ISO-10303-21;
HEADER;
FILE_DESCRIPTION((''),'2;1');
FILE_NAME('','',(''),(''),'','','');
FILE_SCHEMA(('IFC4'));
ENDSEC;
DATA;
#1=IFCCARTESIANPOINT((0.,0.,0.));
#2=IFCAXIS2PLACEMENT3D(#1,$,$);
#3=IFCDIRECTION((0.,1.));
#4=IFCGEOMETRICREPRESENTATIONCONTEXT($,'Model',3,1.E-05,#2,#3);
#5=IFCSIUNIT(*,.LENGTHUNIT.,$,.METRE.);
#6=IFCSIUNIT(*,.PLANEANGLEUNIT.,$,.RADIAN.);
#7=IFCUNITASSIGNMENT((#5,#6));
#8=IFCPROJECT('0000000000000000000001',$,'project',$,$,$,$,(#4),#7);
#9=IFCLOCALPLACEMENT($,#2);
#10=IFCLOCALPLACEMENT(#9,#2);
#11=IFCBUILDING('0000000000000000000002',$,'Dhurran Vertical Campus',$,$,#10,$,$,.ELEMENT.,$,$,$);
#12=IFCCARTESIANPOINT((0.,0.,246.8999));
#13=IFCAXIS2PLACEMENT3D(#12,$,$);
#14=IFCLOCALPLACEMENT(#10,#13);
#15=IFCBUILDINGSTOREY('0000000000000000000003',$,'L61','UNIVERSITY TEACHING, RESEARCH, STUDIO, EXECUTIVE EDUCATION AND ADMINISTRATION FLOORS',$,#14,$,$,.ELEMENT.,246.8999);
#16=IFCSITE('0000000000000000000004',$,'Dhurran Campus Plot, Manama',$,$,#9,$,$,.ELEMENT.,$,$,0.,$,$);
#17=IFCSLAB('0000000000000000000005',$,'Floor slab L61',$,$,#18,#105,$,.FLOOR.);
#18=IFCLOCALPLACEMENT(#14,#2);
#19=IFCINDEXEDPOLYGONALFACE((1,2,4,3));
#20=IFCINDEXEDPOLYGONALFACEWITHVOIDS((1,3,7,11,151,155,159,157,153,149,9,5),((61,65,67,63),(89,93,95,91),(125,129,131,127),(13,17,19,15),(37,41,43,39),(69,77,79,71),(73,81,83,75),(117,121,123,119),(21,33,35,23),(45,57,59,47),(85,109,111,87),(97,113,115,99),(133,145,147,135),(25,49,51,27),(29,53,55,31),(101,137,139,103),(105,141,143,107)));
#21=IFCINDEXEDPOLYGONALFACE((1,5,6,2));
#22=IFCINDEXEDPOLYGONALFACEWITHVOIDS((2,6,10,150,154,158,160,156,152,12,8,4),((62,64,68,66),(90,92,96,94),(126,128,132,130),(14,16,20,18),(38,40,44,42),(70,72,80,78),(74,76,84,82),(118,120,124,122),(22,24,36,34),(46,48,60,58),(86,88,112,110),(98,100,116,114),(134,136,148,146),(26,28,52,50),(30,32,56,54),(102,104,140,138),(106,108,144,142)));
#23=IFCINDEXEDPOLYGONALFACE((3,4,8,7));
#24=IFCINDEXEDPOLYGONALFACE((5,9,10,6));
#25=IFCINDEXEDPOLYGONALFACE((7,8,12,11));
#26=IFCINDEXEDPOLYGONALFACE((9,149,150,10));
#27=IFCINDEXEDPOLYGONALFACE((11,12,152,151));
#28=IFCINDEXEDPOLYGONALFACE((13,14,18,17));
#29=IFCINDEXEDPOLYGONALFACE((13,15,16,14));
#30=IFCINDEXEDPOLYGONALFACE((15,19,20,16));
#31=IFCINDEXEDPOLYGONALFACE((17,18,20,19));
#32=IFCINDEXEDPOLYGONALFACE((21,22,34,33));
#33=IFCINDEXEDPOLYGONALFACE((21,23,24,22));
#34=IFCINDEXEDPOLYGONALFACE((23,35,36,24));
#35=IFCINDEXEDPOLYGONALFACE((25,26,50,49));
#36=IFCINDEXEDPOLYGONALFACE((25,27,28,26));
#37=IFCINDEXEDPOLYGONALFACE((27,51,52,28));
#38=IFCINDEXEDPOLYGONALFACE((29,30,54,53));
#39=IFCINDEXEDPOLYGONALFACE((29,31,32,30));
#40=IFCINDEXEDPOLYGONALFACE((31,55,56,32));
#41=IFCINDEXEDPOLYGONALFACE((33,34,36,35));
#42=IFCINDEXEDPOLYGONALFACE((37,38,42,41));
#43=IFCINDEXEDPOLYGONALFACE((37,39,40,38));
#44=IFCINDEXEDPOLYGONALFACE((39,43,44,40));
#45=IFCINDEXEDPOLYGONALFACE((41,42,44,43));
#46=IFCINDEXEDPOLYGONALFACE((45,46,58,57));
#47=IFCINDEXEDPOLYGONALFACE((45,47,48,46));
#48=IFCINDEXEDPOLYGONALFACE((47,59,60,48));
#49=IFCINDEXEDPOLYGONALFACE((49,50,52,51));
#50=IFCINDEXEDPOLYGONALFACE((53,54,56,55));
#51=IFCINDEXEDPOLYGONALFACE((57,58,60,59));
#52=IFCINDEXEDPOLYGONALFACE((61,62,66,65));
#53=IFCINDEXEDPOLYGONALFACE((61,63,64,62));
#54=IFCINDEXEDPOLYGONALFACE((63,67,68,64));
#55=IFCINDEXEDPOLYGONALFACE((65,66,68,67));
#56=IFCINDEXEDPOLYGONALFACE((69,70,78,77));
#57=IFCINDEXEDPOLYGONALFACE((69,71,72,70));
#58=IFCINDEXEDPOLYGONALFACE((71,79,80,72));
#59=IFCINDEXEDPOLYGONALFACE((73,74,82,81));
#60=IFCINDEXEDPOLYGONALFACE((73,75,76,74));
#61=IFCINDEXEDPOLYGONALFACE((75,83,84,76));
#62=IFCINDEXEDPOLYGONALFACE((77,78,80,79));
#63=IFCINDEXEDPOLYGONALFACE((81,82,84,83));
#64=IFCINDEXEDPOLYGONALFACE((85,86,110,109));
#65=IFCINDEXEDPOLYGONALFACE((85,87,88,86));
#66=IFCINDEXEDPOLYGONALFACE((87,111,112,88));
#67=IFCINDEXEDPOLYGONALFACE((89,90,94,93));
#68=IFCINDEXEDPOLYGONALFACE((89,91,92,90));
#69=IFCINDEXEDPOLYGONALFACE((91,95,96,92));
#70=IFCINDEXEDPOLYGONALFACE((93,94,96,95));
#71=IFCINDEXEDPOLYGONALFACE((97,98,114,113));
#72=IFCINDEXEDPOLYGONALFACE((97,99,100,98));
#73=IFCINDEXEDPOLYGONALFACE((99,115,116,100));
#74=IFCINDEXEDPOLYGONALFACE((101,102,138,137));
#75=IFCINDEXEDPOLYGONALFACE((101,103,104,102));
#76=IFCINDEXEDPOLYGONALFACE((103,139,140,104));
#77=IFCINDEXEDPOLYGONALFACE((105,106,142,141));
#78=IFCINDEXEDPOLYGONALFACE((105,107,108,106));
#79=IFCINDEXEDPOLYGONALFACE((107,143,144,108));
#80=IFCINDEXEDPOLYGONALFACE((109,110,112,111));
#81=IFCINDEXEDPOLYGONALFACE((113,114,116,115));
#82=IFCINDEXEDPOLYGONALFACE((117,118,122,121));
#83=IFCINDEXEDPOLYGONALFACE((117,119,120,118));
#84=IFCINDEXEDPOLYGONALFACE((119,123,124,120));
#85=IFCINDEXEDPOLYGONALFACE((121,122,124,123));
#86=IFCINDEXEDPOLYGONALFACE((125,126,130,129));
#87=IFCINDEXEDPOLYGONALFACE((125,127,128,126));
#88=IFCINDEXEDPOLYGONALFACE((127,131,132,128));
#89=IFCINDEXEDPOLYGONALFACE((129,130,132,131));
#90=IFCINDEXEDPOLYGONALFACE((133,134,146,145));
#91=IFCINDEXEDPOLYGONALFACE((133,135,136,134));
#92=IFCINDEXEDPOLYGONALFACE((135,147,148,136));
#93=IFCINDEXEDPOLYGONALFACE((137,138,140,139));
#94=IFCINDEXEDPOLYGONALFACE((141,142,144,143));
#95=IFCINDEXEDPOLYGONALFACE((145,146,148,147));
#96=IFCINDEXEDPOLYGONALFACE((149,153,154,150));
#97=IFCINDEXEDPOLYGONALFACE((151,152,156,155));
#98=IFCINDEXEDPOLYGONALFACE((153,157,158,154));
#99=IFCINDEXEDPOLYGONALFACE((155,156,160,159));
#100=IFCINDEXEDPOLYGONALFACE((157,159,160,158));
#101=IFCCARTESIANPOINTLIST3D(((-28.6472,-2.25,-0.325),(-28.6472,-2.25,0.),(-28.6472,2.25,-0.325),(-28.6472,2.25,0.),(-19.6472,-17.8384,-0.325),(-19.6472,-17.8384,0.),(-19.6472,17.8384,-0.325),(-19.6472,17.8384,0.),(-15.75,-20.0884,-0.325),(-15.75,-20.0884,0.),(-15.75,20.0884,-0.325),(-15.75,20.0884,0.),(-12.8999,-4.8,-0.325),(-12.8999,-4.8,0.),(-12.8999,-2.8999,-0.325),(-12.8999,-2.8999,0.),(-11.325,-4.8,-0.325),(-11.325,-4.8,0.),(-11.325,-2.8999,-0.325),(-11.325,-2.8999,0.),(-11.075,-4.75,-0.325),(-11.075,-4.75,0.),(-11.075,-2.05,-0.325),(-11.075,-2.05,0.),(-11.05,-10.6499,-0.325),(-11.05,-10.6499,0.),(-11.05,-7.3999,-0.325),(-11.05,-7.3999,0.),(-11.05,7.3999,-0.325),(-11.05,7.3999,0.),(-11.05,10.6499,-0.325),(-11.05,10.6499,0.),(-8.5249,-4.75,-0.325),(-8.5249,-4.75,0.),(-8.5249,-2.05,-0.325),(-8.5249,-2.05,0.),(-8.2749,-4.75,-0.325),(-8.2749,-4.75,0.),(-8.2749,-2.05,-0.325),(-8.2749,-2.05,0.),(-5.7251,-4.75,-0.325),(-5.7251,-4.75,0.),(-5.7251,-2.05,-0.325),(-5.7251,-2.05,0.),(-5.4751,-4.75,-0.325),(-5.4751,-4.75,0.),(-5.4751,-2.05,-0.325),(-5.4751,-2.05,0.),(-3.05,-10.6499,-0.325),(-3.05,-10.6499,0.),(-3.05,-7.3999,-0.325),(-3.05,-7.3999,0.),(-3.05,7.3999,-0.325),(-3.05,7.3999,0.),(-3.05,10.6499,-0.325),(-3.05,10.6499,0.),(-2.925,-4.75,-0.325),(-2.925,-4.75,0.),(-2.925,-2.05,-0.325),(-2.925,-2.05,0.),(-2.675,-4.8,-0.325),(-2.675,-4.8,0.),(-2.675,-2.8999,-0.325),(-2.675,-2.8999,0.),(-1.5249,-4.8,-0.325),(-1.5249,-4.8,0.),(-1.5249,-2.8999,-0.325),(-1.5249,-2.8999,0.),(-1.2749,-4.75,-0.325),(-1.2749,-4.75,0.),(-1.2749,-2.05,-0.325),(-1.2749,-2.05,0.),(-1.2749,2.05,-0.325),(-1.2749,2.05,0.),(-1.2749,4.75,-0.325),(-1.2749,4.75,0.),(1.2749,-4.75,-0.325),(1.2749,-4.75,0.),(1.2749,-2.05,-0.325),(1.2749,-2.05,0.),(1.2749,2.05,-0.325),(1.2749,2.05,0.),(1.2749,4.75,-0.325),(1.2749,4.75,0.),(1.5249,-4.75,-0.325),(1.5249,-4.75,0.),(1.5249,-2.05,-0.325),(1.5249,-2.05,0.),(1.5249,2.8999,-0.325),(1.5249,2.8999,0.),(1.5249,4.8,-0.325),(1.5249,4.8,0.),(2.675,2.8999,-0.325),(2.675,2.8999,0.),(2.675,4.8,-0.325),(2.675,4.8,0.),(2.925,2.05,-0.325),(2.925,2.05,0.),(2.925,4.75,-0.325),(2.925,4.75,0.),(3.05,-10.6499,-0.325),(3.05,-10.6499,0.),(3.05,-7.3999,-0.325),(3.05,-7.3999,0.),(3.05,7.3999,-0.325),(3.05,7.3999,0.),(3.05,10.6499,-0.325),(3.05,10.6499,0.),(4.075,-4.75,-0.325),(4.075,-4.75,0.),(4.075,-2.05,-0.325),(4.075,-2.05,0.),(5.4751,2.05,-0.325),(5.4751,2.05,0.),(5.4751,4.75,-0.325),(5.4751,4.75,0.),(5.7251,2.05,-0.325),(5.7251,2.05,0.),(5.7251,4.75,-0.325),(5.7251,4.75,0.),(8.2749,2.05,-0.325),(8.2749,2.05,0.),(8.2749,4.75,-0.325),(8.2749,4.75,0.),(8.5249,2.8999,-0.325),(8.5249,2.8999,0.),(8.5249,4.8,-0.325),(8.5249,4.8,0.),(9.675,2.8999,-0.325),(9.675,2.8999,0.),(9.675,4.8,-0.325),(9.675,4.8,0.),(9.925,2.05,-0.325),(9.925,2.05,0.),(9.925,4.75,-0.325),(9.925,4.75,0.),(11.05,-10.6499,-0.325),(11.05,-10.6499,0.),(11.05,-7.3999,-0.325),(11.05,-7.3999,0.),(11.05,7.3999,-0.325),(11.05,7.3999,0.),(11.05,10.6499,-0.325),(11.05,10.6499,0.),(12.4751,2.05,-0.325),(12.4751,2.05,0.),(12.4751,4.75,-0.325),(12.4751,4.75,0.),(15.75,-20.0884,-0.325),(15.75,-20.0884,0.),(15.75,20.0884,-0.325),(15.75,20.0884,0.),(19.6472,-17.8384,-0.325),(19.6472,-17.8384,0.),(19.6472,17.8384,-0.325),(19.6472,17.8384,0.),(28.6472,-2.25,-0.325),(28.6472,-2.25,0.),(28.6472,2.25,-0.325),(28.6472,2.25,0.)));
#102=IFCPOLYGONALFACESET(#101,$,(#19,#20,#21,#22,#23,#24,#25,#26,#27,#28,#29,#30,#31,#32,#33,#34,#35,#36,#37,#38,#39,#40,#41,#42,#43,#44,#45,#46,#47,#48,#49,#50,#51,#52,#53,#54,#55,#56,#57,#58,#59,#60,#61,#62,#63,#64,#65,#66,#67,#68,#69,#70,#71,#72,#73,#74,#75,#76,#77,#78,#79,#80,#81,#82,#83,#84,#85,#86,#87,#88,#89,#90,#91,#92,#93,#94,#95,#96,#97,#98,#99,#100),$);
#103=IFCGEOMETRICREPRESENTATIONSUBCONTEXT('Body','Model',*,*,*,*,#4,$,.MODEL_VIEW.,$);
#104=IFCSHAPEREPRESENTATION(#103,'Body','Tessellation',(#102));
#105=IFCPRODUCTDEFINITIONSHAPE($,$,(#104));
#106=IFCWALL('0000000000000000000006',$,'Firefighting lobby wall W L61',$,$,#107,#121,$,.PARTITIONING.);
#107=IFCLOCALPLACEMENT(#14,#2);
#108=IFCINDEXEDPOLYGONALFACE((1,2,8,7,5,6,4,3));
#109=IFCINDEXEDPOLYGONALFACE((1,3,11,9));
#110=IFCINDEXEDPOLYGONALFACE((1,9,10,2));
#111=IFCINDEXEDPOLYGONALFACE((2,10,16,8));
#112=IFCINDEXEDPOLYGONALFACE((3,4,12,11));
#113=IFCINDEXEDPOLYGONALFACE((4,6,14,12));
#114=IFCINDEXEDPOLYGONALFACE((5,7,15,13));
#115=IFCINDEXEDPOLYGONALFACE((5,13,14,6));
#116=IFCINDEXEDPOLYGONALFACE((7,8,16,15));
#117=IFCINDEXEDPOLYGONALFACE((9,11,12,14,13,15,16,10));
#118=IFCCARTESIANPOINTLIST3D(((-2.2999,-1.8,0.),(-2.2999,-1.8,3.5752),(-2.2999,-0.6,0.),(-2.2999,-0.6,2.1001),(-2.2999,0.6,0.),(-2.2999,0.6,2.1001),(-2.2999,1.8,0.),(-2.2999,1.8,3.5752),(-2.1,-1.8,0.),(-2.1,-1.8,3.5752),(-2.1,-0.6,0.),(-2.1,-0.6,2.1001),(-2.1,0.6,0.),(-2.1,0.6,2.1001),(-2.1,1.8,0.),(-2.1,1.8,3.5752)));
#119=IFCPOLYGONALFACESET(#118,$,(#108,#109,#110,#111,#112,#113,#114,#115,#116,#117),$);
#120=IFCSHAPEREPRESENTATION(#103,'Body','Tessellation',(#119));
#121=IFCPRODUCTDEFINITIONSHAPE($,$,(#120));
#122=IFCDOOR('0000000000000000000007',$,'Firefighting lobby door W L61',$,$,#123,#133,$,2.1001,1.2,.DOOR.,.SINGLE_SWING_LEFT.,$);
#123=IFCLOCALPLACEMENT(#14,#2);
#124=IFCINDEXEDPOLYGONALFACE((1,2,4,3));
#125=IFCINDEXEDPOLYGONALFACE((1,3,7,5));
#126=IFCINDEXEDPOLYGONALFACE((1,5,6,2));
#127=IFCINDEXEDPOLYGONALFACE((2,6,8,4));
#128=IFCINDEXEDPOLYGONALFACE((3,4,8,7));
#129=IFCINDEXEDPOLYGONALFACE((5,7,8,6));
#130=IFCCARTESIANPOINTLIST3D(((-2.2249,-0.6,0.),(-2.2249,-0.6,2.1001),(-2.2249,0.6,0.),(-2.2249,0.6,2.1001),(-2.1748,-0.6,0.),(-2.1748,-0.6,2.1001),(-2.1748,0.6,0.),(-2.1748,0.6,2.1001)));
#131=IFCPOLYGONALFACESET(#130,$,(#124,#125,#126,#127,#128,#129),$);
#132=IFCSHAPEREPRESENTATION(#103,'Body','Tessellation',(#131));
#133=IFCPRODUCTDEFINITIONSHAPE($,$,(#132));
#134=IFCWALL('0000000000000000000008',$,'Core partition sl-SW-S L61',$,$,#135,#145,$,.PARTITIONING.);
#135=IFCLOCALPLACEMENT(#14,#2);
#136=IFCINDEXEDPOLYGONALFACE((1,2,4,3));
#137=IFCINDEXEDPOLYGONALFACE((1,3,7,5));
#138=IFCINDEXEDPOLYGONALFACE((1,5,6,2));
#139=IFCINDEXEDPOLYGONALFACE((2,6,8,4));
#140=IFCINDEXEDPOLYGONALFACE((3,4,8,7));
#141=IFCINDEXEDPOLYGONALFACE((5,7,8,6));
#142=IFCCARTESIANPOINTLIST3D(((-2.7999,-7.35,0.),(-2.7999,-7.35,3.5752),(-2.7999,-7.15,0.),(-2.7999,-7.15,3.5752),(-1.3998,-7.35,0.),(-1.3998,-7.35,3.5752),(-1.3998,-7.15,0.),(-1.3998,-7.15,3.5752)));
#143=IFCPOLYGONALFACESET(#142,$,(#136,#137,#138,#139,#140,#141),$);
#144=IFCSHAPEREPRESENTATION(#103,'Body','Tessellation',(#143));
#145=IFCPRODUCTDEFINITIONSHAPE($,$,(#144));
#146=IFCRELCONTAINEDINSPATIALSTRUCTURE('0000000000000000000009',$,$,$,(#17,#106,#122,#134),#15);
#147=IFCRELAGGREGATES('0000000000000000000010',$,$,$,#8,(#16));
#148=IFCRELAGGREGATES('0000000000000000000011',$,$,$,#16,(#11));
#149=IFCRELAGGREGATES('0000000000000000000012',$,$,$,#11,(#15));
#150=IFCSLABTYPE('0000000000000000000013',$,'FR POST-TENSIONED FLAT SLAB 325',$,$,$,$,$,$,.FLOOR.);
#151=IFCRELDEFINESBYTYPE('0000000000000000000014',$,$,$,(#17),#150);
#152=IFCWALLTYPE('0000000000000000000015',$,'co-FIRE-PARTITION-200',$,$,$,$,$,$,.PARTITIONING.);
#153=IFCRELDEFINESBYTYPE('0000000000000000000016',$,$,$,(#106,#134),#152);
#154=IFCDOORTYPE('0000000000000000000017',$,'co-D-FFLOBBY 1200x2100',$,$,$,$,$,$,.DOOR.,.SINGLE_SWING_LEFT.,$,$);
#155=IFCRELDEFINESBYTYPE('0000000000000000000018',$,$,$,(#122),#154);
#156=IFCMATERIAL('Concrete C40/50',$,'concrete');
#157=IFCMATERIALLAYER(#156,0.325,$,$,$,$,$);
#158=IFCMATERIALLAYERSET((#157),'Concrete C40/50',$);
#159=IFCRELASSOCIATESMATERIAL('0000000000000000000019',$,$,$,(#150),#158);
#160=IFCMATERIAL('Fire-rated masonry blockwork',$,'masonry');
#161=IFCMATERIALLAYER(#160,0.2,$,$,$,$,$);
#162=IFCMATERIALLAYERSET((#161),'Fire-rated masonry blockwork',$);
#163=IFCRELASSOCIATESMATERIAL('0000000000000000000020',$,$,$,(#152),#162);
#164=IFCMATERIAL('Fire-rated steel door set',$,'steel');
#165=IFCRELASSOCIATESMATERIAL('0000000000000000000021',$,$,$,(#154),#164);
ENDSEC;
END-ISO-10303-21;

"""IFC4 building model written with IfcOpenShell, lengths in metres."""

from ifc_helpers import new_model, si_unit, direction, frame, frame_2d, origin, place, context, subcontext, project, spatial, polyline, rectangle, outline, extrude, material, layer, layer_set, type_object, element, fill, save


model = new_model("IFC4")

# Units and contexts
model_context = context("Model", 3, precision=1e-05, world=origin(), true_north=direction((0.0, 1.0)))
body_context = subcontext(model_context, "Body", "Model", "MODEL_VIEW")
ifc_project = project(units=[si_unit("LENGTHUNIT", "METRE"), si_unit("PLANEANGLEUNIT", "RADIAN")], contexts=[model_context])

# Site, building, storey
site_placement = place(None, origin())
site = spatial("IfcSite", under=ifc_project, at=site_placement, Name="Dhurran Campus Plot, Manama", CompositionType="ELEMENT", RefElevation=0.0)
building_placement = place(site_placement, origin())
building = spatial("IfcBuilding", under=site, at=building_placement, Name="Dhurran Vertical Campus", CompositionType="ELEMENT")
storey_placement = place(building_placement, frame((0.0, 0.0, 246.8999)))
storey = spatial("IfcBuildingStorey", under=building, at=storey_placement, Name="L61", Description="UNIVERSITY TEACHING, RESEARCH, STUDIO, EXECUTIVE EDUCATION AND ADMINISTRATION FLOORS", CompositionType="ELEMENT", Elevation=246.8999)

# Slab
ifc_material_1 = material(Name="Concrete C40/50", Category="concrete")
ifc_layer_1 = layer(ifc_material_1, 0.325)
ifc_layer_set_1 = layer_set([ifc_layer_1], Name="Concrete C40/50")
slab_type = type_object("IfcSlabType", Name="FR POST-TENSIONED FLAT SLAB 325", PredefinedType="FLOOR", material=ifc_layer_set_1)
slab_placement = place(storey_placement, frame((0.0, 0.0, -0.325)))
element("IfcSlab", 1, at=slab_placement, inside=storey, type_object=slab_type, Name="Floor slab L61", PredefinedType="FLOOR", context=body_context, shape_type="SweptSolid", body=[
    extrude(outline(polyline([(-15.75, -20.0884), (15.75, -20.0884), (19.6472, -17.8384), (28.6472, -2.25), (28.6472, 2.25), (19.6472, 17.8384), (15.75, 20.0884), (-15.75, 20.0884), (-19.6472, 17.8384), (-28.6472, 2.25), (-28.6472, -2.25), (-19.6472, -17.8384), (-15.75, -20.0884)]), holes=[polyline([(-1.2749, 2.05), (1.2749, 2.05), (1.2749, 4.75), (-1.2749, 4.75), (-1.2749, 2.05)]), polyline([(9.925, 2.05), (12.4751, 2.05), (12.4751, 4.75), (9.925, 4.75), (9.925, 2.05)]), polyline([(-1.2749, -4.75), (1.2749, -4.75), (1.2749, -2.05), (-1.2749, -2.05), (-1.2749, -4.75)]), polyline([(1.5249, -4.75), (4.075, -4.75), (4.075, -2.05), (1.5249, -2.05), (1.5249, -4.75)]), polyline([(2.925, 2.05), (5.4751, 2.05), (5.4751, 4.75), (2.925, 4.75), (2.925, 2.05)]), polyline([(5.7251, 2.05), (8.2749, 2.05), (8.2749, 4.75), (5.7251, 4.75), (5.7251, 2.05)]), polyline([(-11.075, -4.75), (-8.5249, -4.75), (-8.5249, -2.05), (-11.075, -2.05), (-11.075, -4.75)]), polyline([(-8.2749, -4.75), (-5.7251, -4.75), (-5.7251, -2.05), (-8.2749, -2.05), (-8.2749, -4.75)]), polyline([(-5.4751, -4.75), (-2.925, -4.75), (-2.925, -2.05), (-5.4751, -2.05), (-5.4751, -4.75)]), polyline([(-11.05, 7.3999), (-3.05, 7.3999), (-3.05, 10.6499), (-11.05, 10.6499), (-11.05, 7.3999)]), polyline([(3.05, 7.3999), (11.05, 7.3999), (11.05, 10.6499), (3.05, 10.6499), (3.05, 7.3999)]), polyline([(-11.05, -10.6499), (-3.05, -10.6499), (-3.05, -7.3999), (-11.05, -7.3999), (-11.05, -10.6499)]), polyline([(3.05, -10.6499), (11.05, -10.6499), (11.05, -7.3999), (3.05, -7.3999), (3.05, -10.6499)]), polyline([(2.675, 2.8999), (1.5249, 2.8999), (1.5249, 4.8), (2.675, 4.8), (2.675, 2.8999)]), polyline([(-12.8999, -2.8999), (-11.325, -2.8999), (-11.325, -4.8), (-12.8999, -4.8), (-12.8999, -2.8999)]), polyline([(-2.675, -2.8999), (-1.5249, -2.8999), (-1.5249, -4.8), (-2.675, -4.8), (-2.675, -2.8999)]), polyline([(9.675, 2.8999), (8.5249, 2.8999), (8.5249, 4.8), (9.675, 4.8), (9.675, 2.8999)])]), origin(), (0.0, 0.0, 1.0), 0.325),
])

# Wall, opening, door
ifc_material_2 = material(Name="Fire-rated masonry blockwork", Category="masonry")
ifc_layer_2 = layer(ifc_material_2, 0.2)
ifc_layer_set_2 = layer_set([ifc_layer_2], Name="Fire-rated masonry blockwork")
wall_type_1 = type_object("IfcWallType", Name="co-FIRE-PARTITION-200", PredefinedType="PARTITIONING", material=ifc_layer_set_2)
wall_1_placement = place(storey_placement, frame((-2.2, -1.8, 0.0), z_axis=(0.0, 0.0, 1.0), x_axis=(0.0, 1.0, 0.0)))
wall_1 = element("IfcWall", 2, at=wall_1_placement, inside=storey, type_object=wall_type_1, Name="Firefighting lobby wall W L61", PredefinedType="PARTITIONING", context=body_context, shape_type="SweptSolid", body=[
    extrude(rectangle(XDim=3.6001, YDim=0.2, at=frame_2d((1.8, 0.0))), origin(), (0.0, 0.0, 1.0), 3.5752),
])
opening_1_placement = place(wall_1_placement, frame((1.2, 0.0, 0.0)))
opening_1 = element("IfcOpeningElement", 3, at=opening_1_placement, cuts=wall_1, PredefinedType="OPENING", context=body_context, shape_type="SweptSolid", body=[
    extrude(rectangle(XDim=1.2, YDim=2.1001, at=frame_2d((0.6001, 1.05))), frame((0.0, 0.1099, 0.0), z_axis=(0.0, -1.0, 0.0), x_axis=(1.0, 0.0, 0.0)), (0.0, 0.0, 1.0), 0.22),
])
ifc_material_3 = material(Name="Fire-rated steel door set", Category="steel")
door_type_1 = type_object("IfcDoorType", Name="co-D-FFLOBBY 1200x2100", OperationType="SINGLE_SWING_LEFT", PredefinedType="DOOR", material=ifc_material_3)
door_1_placement = place(opening_1_placement, origin())
door_1 = element("IfcDoor", 4, at=door_1_placement, inside=storey, type_object=door_type_1, Name="Firefighting lobby door W L61", OperationType="SINGLE_SWING_LEFT", OverallHeight=2.1001, OverallWidth=1.2, PredefinedType="DOOR", context=body_context, shape_type="SweptSolid", body=[
    extrude(rectangle(XDim=1.2, YDim=2.1001, at=frame_2d((0.6001, 1.05))), frame((0.0, 0.0249, 0.0), z_axis=(0.0, -1.0, 0.0), x_axis=(1.0, 0.0, 0.0)), (0.0, 0.0, 1.0), 0.05),
])
fill(opening_1, door_1)

# Wall
wall_2_placement = place(storey_placement, frame((-2.8, -7.25, 0.0), z_axis=(0.0, 0.0, 1.0), x_axis=(1.0, 0.0, 0.0)))
element("IfcWall", 5, at=wall_2_placement, inside=storey, type_object=wall_type_1, Name="Core partition sl-SW-S L61", PredefinedType="PARTITIONING", context=body_context, shape_type="SweptSolid", body=[
    extrude(rectangle(XDim=1.4001, YDim=0.2, at=frame_2d((0.7002, 0.0))), origin(), (0.0, 0.0, 1.0), 3.5752),
])

save(model, "model.ifc")
